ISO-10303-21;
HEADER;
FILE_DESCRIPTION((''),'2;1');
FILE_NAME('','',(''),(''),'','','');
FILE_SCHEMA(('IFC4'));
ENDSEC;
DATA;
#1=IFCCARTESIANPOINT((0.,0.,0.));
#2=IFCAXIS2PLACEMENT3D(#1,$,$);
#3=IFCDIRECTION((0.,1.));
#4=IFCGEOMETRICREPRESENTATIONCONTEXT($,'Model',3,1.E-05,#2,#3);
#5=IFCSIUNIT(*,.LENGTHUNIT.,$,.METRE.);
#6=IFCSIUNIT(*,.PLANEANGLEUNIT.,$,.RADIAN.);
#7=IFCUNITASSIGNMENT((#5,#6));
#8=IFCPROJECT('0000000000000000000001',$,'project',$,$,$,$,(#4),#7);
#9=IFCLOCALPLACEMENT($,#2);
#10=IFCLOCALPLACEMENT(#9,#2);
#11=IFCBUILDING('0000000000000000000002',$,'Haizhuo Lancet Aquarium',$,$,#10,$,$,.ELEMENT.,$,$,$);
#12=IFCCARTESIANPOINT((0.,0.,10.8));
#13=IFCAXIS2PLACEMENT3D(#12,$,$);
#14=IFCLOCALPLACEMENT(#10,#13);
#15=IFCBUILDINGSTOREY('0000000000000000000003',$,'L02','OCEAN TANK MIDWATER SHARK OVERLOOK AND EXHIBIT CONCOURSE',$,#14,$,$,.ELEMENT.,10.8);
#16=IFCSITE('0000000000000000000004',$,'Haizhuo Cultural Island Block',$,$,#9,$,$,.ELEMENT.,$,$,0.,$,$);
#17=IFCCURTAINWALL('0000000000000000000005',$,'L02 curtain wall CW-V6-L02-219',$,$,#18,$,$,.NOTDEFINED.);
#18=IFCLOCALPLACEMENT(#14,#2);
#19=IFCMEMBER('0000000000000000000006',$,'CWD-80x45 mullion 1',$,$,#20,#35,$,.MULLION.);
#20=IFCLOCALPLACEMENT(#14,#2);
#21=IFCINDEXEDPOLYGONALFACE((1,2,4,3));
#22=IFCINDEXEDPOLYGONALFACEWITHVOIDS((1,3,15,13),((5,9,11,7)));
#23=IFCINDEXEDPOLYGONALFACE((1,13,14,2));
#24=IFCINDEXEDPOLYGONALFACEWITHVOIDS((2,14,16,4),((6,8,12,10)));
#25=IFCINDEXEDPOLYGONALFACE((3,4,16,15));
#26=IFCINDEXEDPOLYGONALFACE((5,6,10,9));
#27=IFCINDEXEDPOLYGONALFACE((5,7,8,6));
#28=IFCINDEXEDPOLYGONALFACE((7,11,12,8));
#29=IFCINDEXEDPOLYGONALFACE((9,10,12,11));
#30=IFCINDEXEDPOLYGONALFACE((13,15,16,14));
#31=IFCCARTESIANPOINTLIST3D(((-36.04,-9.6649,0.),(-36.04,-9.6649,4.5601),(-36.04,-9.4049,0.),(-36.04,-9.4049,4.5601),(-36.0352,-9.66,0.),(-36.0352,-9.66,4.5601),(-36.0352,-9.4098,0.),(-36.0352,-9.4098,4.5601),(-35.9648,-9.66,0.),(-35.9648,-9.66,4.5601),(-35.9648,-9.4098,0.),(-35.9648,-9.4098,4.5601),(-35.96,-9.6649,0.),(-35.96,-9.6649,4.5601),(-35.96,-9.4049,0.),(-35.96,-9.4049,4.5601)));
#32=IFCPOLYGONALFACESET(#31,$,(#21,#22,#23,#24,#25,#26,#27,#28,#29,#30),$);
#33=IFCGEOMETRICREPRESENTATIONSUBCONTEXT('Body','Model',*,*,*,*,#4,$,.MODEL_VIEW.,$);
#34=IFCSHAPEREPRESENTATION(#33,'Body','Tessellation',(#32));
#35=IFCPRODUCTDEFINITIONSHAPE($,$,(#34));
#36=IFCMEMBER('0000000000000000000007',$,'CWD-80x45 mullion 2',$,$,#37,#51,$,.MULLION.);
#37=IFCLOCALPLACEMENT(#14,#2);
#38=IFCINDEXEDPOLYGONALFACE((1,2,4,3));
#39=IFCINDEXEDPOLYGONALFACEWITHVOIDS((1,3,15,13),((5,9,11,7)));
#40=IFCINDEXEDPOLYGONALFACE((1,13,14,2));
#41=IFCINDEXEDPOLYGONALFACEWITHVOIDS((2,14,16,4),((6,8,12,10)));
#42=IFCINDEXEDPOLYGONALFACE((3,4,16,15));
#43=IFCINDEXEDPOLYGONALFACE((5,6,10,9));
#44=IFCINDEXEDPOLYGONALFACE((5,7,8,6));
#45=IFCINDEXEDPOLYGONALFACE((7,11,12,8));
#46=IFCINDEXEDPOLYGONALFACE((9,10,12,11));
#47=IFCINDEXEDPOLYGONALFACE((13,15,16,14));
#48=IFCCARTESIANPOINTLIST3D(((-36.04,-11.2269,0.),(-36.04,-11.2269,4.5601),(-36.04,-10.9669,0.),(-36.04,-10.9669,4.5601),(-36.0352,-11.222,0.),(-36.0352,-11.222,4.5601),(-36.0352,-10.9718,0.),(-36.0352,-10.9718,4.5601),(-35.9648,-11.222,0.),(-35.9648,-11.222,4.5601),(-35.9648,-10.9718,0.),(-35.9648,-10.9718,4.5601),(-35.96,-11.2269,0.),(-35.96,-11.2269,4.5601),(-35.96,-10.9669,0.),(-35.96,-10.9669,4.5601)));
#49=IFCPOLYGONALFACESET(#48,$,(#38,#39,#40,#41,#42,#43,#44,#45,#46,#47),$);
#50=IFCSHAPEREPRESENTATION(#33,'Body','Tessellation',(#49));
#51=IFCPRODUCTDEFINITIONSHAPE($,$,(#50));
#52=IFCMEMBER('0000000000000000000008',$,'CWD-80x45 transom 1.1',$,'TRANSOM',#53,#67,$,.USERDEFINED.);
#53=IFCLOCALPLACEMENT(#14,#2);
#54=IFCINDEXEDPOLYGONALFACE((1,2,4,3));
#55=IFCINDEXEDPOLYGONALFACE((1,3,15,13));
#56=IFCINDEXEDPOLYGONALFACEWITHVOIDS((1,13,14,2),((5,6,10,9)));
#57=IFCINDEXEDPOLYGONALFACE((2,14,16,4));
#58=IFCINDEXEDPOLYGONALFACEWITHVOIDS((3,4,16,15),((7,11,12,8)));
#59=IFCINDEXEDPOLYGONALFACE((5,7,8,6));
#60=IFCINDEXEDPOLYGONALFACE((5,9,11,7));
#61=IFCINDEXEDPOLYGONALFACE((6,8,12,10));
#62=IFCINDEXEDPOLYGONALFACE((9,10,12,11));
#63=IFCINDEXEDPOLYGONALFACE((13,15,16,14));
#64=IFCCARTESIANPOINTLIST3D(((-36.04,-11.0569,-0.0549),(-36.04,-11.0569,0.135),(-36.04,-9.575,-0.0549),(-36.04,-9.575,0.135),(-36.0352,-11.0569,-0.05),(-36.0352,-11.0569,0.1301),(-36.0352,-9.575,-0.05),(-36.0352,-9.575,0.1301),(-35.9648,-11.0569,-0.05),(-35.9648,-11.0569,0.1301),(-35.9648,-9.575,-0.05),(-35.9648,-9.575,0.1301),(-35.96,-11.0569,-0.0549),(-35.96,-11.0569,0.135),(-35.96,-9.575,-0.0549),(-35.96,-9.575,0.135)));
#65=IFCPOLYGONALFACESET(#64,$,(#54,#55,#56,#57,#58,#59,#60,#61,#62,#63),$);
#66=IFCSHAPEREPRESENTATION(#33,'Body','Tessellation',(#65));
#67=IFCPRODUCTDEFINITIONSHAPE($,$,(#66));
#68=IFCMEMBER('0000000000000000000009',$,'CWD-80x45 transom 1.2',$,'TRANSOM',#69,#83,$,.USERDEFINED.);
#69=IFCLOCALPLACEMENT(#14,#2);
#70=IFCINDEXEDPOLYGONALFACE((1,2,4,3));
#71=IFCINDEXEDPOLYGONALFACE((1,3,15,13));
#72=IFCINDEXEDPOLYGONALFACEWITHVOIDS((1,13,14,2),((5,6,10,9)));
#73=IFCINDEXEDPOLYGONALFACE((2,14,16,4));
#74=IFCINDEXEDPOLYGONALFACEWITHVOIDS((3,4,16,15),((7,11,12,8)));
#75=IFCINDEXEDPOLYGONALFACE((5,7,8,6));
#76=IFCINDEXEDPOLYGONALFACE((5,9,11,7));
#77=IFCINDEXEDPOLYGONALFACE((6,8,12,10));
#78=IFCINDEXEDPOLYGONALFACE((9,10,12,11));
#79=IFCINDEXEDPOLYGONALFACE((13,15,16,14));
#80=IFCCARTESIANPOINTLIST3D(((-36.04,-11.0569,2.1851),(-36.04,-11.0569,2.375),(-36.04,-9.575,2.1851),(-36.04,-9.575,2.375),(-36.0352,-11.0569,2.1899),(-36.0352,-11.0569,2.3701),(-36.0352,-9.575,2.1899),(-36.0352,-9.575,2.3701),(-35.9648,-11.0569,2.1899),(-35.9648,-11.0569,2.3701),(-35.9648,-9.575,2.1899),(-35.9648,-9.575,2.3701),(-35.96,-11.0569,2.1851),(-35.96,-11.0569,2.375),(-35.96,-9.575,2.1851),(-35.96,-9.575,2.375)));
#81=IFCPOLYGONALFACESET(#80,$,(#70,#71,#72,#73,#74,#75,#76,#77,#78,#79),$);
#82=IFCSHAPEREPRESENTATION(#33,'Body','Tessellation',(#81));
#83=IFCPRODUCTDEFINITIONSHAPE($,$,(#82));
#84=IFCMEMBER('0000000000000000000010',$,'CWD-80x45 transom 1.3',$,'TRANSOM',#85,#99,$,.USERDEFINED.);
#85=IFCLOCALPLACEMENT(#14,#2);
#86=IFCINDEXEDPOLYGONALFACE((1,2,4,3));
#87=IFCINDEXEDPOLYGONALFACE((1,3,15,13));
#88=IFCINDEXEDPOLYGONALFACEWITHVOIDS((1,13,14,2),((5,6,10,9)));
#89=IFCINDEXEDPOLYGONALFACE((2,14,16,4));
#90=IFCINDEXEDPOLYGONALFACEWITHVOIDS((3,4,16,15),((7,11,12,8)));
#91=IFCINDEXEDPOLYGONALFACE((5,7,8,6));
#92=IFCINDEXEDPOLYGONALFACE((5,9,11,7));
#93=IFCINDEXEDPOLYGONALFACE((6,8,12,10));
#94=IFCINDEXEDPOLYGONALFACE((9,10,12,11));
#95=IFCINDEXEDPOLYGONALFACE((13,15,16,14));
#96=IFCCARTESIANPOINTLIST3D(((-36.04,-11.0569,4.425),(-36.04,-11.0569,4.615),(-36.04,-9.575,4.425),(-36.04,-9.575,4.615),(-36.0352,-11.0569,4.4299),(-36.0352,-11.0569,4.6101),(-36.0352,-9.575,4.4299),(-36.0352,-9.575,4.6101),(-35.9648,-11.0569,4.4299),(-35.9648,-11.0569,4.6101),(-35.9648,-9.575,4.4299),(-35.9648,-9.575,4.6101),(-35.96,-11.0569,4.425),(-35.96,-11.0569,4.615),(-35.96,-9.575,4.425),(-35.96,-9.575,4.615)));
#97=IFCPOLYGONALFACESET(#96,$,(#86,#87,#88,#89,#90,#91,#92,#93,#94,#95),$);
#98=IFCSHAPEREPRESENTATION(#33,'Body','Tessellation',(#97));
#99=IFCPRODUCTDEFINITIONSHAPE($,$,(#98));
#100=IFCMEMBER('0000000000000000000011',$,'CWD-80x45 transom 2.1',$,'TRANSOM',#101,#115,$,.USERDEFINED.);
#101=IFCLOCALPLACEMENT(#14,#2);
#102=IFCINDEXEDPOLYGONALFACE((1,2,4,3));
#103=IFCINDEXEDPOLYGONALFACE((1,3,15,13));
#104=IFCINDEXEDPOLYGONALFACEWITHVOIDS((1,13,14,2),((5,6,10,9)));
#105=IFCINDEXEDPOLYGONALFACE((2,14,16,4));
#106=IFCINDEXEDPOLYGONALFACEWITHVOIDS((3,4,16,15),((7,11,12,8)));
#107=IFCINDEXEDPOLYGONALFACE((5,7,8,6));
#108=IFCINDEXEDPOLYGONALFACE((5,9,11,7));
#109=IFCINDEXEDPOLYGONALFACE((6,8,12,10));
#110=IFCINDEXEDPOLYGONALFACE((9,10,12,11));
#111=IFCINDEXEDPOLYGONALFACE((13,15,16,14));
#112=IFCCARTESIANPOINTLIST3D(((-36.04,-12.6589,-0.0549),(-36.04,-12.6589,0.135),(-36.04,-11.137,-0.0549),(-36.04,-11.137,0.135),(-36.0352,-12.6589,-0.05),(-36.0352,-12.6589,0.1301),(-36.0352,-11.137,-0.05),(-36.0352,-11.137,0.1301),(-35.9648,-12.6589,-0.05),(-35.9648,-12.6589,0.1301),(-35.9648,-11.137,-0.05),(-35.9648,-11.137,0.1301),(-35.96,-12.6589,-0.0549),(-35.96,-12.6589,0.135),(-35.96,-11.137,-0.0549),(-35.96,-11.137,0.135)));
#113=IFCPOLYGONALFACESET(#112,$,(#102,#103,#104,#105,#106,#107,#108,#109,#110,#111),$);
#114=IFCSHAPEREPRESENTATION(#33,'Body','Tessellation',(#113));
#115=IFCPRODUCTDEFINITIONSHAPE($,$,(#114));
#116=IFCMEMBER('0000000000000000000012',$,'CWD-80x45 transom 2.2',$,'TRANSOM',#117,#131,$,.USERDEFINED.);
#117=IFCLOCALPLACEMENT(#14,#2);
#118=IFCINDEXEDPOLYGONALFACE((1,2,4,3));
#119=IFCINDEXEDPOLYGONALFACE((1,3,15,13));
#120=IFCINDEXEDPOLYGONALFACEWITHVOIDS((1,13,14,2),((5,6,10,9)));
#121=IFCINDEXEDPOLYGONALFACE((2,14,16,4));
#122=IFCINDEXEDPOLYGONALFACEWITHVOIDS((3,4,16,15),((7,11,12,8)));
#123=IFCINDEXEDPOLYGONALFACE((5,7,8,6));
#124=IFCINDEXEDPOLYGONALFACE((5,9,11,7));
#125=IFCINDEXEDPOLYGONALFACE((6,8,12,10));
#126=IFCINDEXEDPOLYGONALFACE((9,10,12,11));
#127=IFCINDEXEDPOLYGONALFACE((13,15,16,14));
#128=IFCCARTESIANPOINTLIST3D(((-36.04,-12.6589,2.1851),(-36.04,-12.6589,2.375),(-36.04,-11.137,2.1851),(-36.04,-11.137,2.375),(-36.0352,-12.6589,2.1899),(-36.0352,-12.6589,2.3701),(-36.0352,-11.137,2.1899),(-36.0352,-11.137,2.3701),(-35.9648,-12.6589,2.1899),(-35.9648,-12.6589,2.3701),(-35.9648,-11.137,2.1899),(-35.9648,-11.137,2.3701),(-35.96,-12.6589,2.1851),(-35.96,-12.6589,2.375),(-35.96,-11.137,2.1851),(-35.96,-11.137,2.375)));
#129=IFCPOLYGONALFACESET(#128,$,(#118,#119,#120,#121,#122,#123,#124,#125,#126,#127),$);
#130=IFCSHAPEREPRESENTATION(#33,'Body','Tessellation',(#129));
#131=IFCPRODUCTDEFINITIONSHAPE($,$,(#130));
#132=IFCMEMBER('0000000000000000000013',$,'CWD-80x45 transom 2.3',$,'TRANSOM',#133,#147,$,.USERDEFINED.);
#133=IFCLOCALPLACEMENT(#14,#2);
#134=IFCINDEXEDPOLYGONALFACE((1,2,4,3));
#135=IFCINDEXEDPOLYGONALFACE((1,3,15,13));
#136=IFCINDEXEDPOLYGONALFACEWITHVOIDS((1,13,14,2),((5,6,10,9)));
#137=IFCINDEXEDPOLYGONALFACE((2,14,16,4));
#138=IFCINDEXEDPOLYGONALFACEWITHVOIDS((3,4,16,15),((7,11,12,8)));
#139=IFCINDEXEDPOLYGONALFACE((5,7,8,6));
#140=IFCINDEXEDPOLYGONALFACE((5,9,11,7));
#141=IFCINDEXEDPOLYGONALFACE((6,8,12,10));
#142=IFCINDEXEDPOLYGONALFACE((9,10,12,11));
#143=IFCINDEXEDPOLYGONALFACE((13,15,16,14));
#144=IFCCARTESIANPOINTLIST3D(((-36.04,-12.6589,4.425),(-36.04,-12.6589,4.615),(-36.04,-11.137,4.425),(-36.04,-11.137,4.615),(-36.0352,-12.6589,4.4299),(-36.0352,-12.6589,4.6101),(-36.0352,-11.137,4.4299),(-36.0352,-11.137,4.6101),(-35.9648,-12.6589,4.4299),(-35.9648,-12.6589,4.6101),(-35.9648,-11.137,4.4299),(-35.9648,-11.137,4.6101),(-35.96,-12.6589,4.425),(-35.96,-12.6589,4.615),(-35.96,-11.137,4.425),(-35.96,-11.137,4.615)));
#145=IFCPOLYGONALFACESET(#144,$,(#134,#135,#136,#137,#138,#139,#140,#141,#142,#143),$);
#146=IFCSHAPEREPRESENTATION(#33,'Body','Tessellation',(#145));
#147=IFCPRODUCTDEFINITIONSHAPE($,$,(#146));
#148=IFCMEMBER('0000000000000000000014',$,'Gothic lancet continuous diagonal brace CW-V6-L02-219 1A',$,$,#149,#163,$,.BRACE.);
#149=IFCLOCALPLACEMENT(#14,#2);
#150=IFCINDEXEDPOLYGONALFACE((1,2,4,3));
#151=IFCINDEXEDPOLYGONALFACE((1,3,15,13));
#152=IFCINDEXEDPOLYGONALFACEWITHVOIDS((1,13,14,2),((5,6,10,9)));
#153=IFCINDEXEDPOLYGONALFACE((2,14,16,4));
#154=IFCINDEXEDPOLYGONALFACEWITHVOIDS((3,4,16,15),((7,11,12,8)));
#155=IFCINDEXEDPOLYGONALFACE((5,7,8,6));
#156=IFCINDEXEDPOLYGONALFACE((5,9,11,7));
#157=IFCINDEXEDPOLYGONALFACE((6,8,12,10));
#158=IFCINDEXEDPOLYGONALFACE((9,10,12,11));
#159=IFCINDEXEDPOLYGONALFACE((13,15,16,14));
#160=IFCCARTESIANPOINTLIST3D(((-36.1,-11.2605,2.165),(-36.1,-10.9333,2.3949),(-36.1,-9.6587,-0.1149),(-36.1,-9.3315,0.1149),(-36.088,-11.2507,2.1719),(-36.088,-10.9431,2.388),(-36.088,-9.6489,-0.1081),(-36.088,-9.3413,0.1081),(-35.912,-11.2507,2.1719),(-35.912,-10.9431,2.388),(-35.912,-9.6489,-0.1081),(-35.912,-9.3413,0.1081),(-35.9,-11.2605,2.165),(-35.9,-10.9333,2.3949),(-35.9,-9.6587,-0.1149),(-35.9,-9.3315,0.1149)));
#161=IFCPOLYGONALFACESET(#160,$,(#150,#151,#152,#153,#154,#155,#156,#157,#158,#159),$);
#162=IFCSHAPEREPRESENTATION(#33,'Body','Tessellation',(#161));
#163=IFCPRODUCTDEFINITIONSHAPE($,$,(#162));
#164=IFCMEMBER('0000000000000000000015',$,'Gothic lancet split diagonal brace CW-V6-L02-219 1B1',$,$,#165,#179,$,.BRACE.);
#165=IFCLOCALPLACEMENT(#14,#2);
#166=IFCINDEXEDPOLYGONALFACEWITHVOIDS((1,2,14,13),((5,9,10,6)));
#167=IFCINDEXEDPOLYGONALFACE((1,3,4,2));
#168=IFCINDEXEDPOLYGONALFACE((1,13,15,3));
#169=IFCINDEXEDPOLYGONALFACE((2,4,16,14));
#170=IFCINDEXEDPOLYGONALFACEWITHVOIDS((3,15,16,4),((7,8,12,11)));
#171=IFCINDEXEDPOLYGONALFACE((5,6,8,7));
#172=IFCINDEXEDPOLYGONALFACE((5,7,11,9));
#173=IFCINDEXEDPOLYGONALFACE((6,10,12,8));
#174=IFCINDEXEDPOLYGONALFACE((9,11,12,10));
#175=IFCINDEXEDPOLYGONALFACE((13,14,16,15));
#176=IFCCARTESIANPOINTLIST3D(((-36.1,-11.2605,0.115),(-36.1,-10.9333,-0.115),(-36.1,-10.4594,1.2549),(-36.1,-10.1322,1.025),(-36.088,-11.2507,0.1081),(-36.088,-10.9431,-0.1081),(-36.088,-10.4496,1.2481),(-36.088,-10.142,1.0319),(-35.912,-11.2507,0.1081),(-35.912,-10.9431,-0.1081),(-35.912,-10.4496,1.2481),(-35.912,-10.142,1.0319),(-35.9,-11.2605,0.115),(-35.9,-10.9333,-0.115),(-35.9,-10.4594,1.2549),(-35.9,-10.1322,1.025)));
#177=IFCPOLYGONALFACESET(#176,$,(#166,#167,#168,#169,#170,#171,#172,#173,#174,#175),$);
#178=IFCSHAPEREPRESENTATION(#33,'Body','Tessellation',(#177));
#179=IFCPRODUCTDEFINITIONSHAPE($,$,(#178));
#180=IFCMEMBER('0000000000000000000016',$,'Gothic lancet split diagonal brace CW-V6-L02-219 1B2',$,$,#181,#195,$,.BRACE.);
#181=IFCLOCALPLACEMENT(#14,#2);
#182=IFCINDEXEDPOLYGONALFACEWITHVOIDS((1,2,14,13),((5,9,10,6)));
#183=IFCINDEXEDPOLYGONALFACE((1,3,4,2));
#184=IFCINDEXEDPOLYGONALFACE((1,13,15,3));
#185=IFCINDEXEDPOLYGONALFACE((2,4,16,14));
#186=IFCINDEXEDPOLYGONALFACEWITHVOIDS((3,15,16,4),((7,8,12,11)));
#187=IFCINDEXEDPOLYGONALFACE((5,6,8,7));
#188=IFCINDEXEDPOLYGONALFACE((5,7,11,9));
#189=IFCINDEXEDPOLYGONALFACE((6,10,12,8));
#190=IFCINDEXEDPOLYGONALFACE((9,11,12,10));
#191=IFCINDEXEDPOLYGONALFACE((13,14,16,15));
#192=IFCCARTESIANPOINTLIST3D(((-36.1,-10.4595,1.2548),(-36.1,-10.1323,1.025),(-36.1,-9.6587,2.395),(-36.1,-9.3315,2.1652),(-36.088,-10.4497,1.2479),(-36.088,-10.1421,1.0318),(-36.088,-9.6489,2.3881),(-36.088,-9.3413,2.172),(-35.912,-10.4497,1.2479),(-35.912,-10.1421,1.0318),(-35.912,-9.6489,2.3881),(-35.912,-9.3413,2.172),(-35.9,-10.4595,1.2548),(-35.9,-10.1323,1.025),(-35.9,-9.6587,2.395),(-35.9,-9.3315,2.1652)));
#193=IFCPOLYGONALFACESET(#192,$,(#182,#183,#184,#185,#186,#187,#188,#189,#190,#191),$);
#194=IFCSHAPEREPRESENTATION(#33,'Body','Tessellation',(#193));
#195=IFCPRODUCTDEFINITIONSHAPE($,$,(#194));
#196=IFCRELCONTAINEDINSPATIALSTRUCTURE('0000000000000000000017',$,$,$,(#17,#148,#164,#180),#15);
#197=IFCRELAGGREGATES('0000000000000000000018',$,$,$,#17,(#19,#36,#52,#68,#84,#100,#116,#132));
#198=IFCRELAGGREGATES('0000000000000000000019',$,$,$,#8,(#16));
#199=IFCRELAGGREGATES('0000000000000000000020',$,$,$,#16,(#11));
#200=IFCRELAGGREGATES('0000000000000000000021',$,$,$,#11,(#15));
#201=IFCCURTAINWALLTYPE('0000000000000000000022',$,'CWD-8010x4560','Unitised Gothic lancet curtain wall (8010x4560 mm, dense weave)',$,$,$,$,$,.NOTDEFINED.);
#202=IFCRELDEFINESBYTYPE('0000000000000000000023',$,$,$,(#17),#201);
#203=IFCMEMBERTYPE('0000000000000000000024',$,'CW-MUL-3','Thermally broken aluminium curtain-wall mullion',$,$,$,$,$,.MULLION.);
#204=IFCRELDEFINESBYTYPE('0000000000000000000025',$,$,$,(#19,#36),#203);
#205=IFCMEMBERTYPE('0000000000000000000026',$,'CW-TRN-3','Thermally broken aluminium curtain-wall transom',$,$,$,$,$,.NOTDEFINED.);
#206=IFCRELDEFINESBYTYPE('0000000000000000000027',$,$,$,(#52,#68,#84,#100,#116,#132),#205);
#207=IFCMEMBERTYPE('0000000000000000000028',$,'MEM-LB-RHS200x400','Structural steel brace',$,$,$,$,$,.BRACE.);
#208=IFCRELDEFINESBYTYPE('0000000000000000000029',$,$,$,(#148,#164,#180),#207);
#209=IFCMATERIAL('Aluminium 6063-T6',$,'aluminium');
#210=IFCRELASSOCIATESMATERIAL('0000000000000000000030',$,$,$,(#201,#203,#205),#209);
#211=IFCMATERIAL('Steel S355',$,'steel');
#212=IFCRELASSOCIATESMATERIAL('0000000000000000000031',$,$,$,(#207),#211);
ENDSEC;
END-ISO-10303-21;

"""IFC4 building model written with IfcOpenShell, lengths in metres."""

from ifc_helpers import new_model, si_unit, direction, frame, origin, origin_2d, place, context, subcontext, project, spatial, hollow_rectangle, extrude, material, material_profile, profile_set, type_object, element, aggregate, save


model = new_model("IFC4")

# Units and contexts
model_context = context("Model", 3, precision=1e-05, world=origin(), true_north=direction((0.0, 1.0)))
body_context = subcontext(model_context, "Body", "Model", "MODEL_VIEW")
ifc_project = project(units=[si_unit("LENGTHUNIT", "METRE"), si_unit("PLANEANGLEUNIT", "RADIAN")], contexts=[model_context])

# Site, building, storey
site_placement = place(None, origin())
site = spatial("IfcSite", under=ifc_project, at=site_placement, Name="Haizhuo Cultural Island Block", CompositionType="ELEMENT", RefElevation=0.0)
building_placement = place(site_placement, origin())
building = spatial("IfcBuilding", under=site, at=building_placement, Name="Haizhuo Lancet Aquarium", CompositionType="ELEMENT")
storey_placement = place(building_placement, frame((0.0, 0.0, 10.8)))
storey = spatial("IfcBuildingStorey", under=building, at=storey_placement, Name="L02", Description="OCEAN TANK MIDWATER SHARK OVERLOOK AND EXHIBIT CONCOURSE", CompositionType="ELEMENT", Elevation=10.8)

# Curtain wall, members
ifc_material_1 = material(Name="Aluminium 6063-T6", Category="aluminium")
curtain_wall_type = type_object("IfcCurtainWallType", Name="CWD-8010x4560", Description="Unitised Gothic lancet curtain wall (8010x4560 mm, dense weave)", PredefinedType="NOTDEFINED", material=ifc_material_1)
curtain_wall_placement = place(storey_placement, origin())
curtain_wall = element("IfcCurtainWall", 1, at=curtain_wall_placement, inside=storey, type_object=curtain_wall_type, Name="L02 curtain wall CW-V6-L02-219", PredefinedType="NOTDEFINED")
ifc_material_profile_1 = material_profile(ifc_material_1, hollow_rectangle(XDim=0.0801, YDim=0.26, WallThickness=0.0049, at=origin_2d()), Name="ALU-M 80x260x5")
ifc_profile_set_1 = profile_set([ifc_material_profile_1], Name="Aluminium 6063-T6")
member_type_1 = type_object("IfcMemberType", Name="CW-MUL-3", Description="Thermally broken aluminium curtain-wall mullion", PredefinedType="MULLION", material=ifc_profile_set_1)
member_1_placement = place(storey_placement, frame((-36.0, -9.5349, 0.0), z_axis=(0.0, 0.0, 1.0), x_axis=(1.0, 0.0, 0.0)))
member_1 = element("IfcMember", 2, at=member_1_placement, type_object=member_type_1, Name="CWD-80x45 mullion 1", PredefinedType="MULLION", context=body_context, shape_type="SweptSolid", body=[
    extrude(hollow_rectangle(XDim=0.0801, YDim=0.26, WallThickness=0.0049, at=origin_2d()), origin(), (0.0, 0.0, 1.0), 4.5601),
])
member_2_placement = place(storey_placement, frame((-36.0, -11.0969, 0.0), z_axis=(0.0, 0.0, 1.0), x_axis=(1.0, 0.0, 0.0)))
member_2 = element("IfcMember", 3, at=member_2_placement, type_object=member_type_1, Name="CWD-80x45 mullion 2", PredefinedType="MULLION", context=body_context, shape_type="SweptSolid", body=[
    extrude(hollow_rectangle(XDim=0.0801, YDim=0.26, WallThickness=0.0049, at=origin_2d()), origin(), (0.0, 0.0, 1.0), 4.5601),
])
ifc_material_profile_2 = material_profile(ifc_material_1, hollow_rectangle(XDim=0.0801, YDim=0.1899, WallThickness=0.0049, at=origin_2d()), Name="ALU-T 80x190x5")
ifc_profile_set_2 = profile_set([ifc_material_profile_2], Name="Aluminium 6063-T6")
member_type_2 = type_object("IfcMemberType", Name="CW-TRN-3", Description="Thermally broken aluminium curtain-wall transom", PredefinedType="NOTDEFINED", material=ifc_profile_set_2)
member_3_placement = place(storey_placement, frame((-36.0, -9.575, 0.04), z_axis=(0.0, -1.0, 0.0), x_axis=(1.0, 0.0, 0.0)))
member_3 = element("IfcMember", 4, at=member_3_placement, type_object=member_type_2, Name="CWD-80x45 transom 1.1", ObjectType="TRANSOM", PredefinedType="USERDEFINED", context=body_context, shape_type="SweptSolid", body=[
    extrude(hollow_rectangle(XDim=0.0801, YDim=0.1899, WallThickness=0.0049, at=origin_2d()), origin(), (0.0, 0.0, 1.0), 1.4819),
])
member_4_placement = place(storey_placement, frame((-36.0, -9.575, 2.28), z_axis=(0.0, -1.0, 0.0), x_axis=(1.0, 0.0, 0.0)))
member_4 = element("IfcMember", 5, at=member_4_placement, type_object=member_type_2, Name="CWD-80x45 transom 1.2", ObjectType="TRANSOM", PredefinedType="USERDEFINED", context=body_context, shape_type="SweptSolid", body=[
    extrude(hollow_rectangle(XDim=0.0801, YDim=0.1899, WallThickness=0.0049, at=origin_2d()), origin(), (0.0, 0.0, 1.0), 1.4819),
])
member_5_placement = place(storey_placement, frame((-36.0, -9.575, 4.52), z_axis=(0.0, -1.0, 0.0), x_axis=(1.0, 0.0, 0.0)))
member_5 = element("IfcMember", 6, at=member_5_placement, type_object=member_type_2, Name="CWD-80x45 transom 1.3", ObjectType="TRANSOM", PredefinedType="USERDEFINED", context=body_context, shape_type="SweptSolid", body=[
    extrude(hollow_rectangle(XDim=0.0801, YDim=0.1899, WallThickness=0.0049, at=origin_2d()), origin(), (0.0, 0.0, 1.0), 1.4819),
])
member_6_placement = place(storey_placement, frame((-36.0, -11.137, 0.04), z_axis=(0.0, -1.0, 0.0), x_axis=(1.0, 0.0, 0.0)))
member_6 = element("IfcMember", 7, at=member_6_placement, type_object=member_type_2, Name="CWD-80x45 transom 2.1", ObjectType="TRANSOM", PredefinedType="USERDEFINED", context=body_context, shape_type="SweptSolid", body=[
    extrude(hollow_rectangle(XDim=0.0801, YDim=0.1899, WallThickness=0.0049, at=origin_2d()), origin(), (0.0, 0.0, 1.0), 1.522),
])
member_7_placement = place(storey_placement, frame((-36.0, -11.137, 2.28), z_axis=(0.0, -1.0, 0.0), x_axis=(1.0, 0.0, 0.0)))
member_7 = element("IfcMember", 8, at=member_7_placement, type_object=member_type_2, Name="CWD-80x45 transom 2.2", ObjectType="TRANSOM", PredefinedType="USERDEFINED", context=body_context, shape_type="SweptSolid", body=[
    extrude(hollow_rectangle(XDim=0.0801, YDim=0.1899, WallThickness=0.0049, at=origin_2d()), origin(), (0.0, 0.0, 1.0), 1.522),
])
member_8_placement = place(storey_placement, frame((-36.0, -11.137, 4.52), z_axis=(0.0, -1.0, 0.0), x_axis=(1.0, 0.0, 0.0)))
member_8 = element("IfcMember", 9, at=member_8_placement, type_object=member_type_2, Name="CWD-80x45 transom 2.3", ObjectType="TRANSOM", PredefinedType="USERDEFINED", context=body_context, shape_type="SweptSolid", body=[
    extrude(hollow_rectangle(XDim=0.0801, YDim=0.1899, WallThickness=0.0049, at=origin_2d()), origin(), (0.0, 0.0, 1.0), 1.522),
])

# Members
ifc_material_2 = material(Name="Steel S355", Category="steel")
ifc_material_profile_3 = material_profile(ifc_material_2, hollow_rectangle(XDim=0.2, YDim=0.3999, WallThickness=0.012, at=origin_2d()), Name="RHS 200x400x12")
ifc_profile_set_3 = profile_set([ifc_material_profile_3], Name="Steel S355")
member_type_3 = type_object("IfcMemberType", Name="MEM-LB-RHS200x400", Description="Structural steel brace", PredefinedType="BRACE", material=ifc_profile_set_3)
member_9_placement = place(storey_placement, frame((-36.0, -9.4951, 0.0), z_axis=(0.0, -0.574855, 0.818255), x_axis=(1.0, 0.0, 0.0)))
element("IfcMember", 10, at=member_9_placement, inside=storey, type_object=member_type_3, Name="Gothic lancet continuous diagonal brace CW-V6-L02-219 1A", PredefinedType="BRACE", context=body_context, shape_type="SweptSolid", body=[
    extrude(hollow_rectangle(XDim=0.2, YDim=0.3999, WallThickness=0.012, at=origin_2d()), origin(), (0.0, 0.0, 1.0), 2.7864),
])
for number, where, z_axis, x_axis, name in (
    (11, (-36.0, -11.0969, 0.0), (0.0, 0.574955, 0.818185), (-1.0, 0.0, 0.0), "Gothic lancet split diagonal brace CW-V6-L02-219 1B1"),
    (12, (-36.0, -10.2959, 1.1399), (0.0, 0.574755, 0.818325), (-1.0, 0.0, 0.0), "Gothic lancet split diagonal brace CW-V6-L02-219 1B2"),
):
    element("IfcMember", number, at=place(storey_placement, frame(where, z_axis=z_axis, x_axis=x_axis)), inside=storey, type_object=member_type_3, Name=name, PredefinedType="BRACE", context=body_context, shape_type="SweptSolid", body=[
        extrude(hollow_rectangle(XDim=0.2, YDim=0.3999, WallThickness=0.012, at=origin_2d()), origin(), (0.0, 0.0, 1.0), 1.3933),
    ])

aggregate(curtain_wall, [member_1, member_2, member_3, member_4, member_5, member_6, member_7, member_8])

save(model, "model.ifc")
